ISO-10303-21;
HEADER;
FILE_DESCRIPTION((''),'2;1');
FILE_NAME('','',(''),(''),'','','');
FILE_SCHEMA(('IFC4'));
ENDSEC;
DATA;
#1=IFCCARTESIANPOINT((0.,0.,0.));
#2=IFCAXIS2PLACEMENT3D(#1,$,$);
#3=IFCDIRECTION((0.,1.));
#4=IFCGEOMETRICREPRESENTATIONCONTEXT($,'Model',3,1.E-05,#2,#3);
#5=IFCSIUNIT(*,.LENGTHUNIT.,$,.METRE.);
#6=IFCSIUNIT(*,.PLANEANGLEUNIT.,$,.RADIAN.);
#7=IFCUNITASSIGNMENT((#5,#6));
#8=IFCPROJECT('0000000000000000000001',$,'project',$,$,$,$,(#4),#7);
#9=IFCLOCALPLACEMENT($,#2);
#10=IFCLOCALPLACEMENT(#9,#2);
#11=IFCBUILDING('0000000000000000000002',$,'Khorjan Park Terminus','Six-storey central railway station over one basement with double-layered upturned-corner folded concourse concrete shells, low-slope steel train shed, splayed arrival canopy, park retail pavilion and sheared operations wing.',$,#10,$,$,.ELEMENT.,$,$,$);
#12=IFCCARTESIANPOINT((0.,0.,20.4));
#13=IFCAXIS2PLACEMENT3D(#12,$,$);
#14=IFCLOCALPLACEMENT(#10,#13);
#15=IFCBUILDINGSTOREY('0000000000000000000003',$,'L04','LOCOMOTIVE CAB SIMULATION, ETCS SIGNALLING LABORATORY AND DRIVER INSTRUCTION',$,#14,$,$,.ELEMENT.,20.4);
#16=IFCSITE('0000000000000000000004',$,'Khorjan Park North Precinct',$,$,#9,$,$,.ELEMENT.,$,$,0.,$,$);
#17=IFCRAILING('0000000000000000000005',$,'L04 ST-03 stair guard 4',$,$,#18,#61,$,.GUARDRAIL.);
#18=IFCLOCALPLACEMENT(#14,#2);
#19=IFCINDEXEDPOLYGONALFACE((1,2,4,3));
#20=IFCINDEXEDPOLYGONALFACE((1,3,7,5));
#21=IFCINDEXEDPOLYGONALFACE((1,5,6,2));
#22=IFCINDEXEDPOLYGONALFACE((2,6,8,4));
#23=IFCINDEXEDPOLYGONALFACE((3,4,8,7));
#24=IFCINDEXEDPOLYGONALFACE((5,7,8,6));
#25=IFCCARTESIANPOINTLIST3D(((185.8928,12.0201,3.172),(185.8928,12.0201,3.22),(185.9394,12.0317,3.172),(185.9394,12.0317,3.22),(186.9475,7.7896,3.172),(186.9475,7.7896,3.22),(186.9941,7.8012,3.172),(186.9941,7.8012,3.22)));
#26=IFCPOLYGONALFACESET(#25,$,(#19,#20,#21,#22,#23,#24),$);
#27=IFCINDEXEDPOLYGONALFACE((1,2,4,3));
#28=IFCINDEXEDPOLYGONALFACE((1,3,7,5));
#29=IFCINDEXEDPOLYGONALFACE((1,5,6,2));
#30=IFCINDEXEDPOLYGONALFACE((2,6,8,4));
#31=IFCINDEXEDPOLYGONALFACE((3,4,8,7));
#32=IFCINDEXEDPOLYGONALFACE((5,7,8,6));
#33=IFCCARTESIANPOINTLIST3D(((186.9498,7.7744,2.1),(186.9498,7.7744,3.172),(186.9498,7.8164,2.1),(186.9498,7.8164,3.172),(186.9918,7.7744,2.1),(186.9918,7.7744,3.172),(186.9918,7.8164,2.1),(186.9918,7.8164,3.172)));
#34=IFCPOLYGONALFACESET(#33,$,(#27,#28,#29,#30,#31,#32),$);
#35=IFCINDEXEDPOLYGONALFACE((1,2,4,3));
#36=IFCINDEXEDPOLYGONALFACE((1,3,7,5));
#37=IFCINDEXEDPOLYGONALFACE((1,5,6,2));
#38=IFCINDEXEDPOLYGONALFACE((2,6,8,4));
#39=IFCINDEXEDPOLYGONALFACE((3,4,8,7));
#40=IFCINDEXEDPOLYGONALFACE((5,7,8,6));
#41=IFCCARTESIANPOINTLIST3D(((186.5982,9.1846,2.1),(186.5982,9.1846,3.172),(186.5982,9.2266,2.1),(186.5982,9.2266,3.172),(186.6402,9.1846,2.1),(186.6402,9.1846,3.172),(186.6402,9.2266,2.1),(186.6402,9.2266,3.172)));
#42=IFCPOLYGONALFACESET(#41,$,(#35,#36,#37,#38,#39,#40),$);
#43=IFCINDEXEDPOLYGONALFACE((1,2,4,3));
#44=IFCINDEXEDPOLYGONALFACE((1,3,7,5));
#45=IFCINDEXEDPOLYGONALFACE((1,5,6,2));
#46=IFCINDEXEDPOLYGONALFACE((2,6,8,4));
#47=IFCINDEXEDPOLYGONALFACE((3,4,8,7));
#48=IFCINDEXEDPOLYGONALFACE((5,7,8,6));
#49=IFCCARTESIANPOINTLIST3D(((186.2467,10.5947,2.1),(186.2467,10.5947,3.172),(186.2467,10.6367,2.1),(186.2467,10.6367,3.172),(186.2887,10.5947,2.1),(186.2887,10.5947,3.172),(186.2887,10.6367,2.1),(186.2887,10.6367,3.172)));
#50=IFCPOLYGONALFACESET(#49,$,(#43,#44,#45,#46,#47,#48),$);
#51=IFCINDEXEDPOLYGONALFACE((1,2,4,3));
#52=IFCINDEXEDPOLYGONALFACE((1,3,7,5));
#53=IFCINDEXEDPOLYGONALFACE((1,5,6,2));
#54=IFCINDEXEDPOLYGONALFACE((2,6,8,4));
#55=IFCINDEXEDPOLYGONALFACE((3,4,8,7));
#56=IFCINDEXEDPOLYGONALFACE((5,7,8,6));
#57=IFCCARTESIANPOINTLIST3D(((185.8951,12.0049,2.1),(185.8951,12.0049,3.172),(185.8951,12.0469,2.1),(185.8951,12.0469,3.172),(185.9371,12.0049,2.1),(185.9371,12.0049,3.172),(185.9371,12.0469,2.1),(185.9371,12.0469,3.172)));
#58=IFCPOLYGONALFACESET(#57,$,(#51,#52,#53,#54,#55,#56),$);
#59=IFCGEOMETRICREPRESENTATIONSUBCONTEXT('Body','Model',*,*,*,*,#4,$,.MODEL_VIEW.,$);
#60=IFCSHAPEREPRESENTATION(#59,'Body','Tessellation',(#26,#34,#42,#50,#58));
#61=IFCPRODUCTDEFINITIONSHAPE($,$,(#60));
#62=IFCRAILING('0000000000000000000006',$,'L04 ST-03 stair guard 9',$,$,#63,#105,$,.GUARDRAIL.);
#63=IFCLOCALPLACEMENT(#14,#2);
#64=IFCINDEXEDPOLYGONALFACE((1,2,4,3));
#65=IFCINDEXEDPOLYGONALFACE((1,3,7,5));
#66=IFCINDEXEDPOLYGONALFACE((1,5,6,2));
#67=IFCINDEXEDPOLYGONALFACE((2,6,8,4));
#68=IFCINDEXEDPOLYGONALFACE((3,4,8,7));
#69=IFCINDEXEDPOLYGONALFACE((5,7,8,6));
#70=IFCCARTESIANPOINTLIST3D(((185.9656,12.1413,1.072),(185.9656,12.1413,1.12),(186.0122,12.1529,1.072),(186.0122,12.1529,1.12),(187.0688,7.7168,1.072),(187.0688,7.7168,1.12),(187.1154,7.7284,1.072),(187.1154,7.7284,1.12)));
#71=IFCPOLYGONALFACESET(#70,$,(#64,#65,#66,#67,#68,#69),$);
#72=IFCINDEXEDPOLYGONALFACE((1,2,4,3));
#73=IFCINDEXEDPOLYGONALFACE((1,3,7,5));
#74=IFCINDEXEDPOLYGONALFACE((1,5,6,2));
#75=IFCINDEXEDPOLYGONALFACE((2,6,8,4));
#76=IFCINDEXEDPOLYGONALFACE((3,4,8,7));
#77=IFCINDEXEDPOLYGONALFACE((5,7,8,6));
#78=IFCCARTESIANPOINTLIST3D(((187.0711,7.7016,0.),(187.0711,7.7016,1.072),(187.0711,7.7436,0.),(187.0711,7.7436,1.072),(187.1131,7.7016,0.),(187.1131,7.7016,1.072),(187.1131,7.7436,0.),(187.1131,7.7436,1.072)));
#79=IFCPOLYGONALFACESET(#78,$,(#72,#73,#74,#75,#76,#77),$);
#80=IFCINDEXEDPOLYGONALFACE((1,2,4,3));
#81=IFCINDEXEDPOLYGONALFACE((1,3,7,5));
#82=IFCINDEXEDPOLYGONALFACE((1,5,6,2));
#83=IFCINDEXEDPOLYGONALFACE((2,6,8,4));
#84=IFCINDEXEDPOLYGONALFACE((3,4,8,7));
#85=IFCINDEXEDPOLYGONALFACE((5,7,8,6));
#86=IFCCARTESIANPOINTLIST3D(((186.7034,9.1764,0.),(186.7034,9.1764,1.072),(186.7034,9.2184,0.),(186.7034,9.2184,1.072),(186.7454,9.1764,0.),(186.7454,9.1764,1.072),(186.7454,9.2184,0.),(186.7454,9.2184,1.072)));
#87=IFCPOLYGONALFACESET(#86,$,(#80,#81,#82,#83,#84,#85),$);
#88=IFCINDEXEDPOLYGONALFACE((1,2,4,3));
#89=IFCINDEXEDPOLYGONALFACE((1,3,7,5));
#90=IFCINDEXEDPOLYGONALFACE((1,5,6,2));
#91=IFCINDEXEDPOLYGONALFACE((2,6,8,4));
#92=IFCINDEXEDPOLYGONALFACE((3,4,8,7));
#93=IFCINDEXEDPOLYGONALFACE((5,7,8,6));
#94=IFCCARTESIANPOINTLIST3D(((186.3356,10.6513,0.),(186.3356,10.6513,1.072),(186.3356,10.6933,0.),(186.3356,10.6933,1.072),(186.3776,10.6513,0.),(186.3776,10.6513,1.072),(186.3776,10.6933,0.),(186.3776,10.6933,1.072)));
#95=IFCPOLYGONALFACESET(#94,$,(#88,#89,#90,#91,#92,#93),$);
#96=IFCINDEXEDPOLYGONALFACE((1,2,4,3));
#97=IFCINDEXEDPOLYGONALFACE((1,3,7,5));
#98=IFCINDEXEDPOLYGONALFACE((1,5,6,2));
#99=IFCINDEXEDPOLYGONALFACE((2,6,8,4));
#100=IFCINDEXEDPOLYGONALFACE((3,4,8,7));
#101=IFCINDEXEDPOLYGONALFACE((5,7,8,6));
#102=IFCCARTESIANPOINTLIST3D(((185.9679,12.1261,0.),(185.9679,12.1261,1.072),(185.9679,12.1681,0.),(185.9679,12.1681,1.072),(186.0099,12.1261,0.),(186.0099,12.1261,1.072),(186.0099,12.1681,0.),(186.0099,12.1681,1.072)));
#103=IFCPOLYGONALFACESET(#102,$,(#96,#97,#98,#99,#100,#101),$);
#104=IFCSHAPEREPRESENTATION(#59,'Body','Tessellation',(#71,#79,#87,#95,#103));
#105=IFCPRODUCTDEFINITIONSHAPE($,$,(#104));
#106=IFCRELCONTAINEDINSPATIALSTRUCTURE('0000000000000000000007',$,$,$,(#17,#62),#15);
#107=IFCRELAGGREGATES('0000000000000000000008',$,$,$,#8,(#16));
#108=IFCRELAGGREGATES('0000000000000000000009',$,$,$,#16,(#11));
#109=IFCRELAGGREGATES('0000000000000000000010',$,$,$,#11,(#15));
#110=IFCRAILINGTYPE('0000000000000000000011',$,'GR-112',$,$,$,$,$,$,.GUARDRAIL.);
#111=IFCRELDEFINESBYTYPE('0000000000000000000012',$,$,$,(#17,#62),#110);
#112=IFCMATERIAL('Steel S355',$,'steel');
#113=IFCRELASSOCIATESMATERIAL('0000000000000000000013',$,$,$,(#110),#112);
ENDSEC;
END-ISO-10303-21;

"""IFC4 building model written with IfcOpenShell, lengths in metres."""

from ifc_helpers import new_model, si_unit, direction, frame, origin, origin_2d, place, context, subcontext, project, spatial, rectangle, extrude, material, type_object, element, save


model = new_model("IFC4")

# Units and contexts
model_context = context("Model", 3, precision=1e-05, world=origin(), true_north=direction((0.0, 1.0)))
body_context = subcontext(model_context, "Body", "Model", "MODEL_VIEW")
ifc_project = project(units=[si_unit("LENGTHUNIT", "METRE"), si_unit("PLANEANGLEUNIT", "RADIAN")], contexts=[model_context])

# Site, building, storey
site_placement = place(None, origin())
site = spatial("IfcSite", under=ifc_project, at=site_placement, Name="Khorjan Park North Precinct", CompositionType="ELEMENT", RefElevation=0.0)
building_placement = place(site_placement, origin())
building = spatial("IfcBuilding", under=site, at=building_placement, Name="Khorjan Park Terminus", Description="Six-storey central railway station over one basement with double-layered upturned-corner folded concourse concrete shells, low-slope steel train shed, splayed arrival canopy, park retail pavilion and sheared operations wing.", CompositionType="ELEMENT")
storey_placement = place(building_placement, frame((0.0, 0.0, 20.4)))
storey = spatial("IfcBuildingStorey", under=building, at=storey_placement, Name="L04", Description="LOCOMOTIVE CAB SIMULATION, ETCS SIGNALLING LABORATORY AND DRIVER INSTRUCTION", CompositionType="ELEMENT", Elevation=20.4)

# Shared definitions
ifc_material_1 = material(Name="Steel S355", Category="steel")

# Railings
railing_type = type_object("IfcRailingType", Name="GR-112", PredefinedType="GUARDRAIL", material=ifc_material_1)
railing_1_placement = place(storey_placement, frame((186.9708, 7.7954, 2.1)))
element("IfcRailing", 1, at=railing_1_placement, inside=storey, type_object=railing_type, Name="L04 ST-03 stair guard 4", PredefinedType="GUARDRAIL", context=body_context, shape_type="SweptSolid", body=[
    extrude(rectangle(XDim=0.048, YDim=0.048, at=origin_2d()), frame((0.0, 0.0, 1.096), z_axis=(-0.241904, 0.9703, 0.0), x_axis=(-0.9703, -0.241904, 0.0)), (0.0, 0.0, 1.0), 4.36),
    extrude(rectangle(XDim=0.042, YDim=0.042, at=origin_2d()), origin(), (0.0, 0.0, 1.0), 1.072),
    extrude(rectangle(XDim=0.042, YDim=0.042, at=origin_2d()), frame((-0.3516, 1.4102, 0.0)), (0.0, 0.0, 1.0), 1.072),
    extrude(rectangle(XDim=0.042, YDim=0.042, at=origin_2d()), frame((-0.7031, 2.8203, 0.0)), (0.0, 0.0, 1.0), 1.072),
    extrude(rectangle(XDim=0.042, YDim=0.042, at=origin_2d()), frame((-1.0547, 4.2305, 0.0)), (0.0, 0.0, 1.0), 1.072),
])
railing_2_placement = place(storey_placement, frame((187.0921, 7.7226, 0.0)))
element("IfcRailing", 2, at=railing_2_placement, inside=storey, type_object=railing_type, Name="L04 ST-03 stair guard 9", PredefinedType="GUARDRAIL", context=body_context, shape_type="SweptSolid", body=[
    extrude(rectangle(XDim=0.048, YDim=0.048, at=origin_2d()), frame((0.0, 0.0, 1.096), z_axis=(-0.241932, 0.970293, 0.0), x_axis=(-0.970293, -0.241932, 0.0)), (0.0, 0.0, 1.0), 4.56),
    extrude(rectangle(XDim=0.042, YDim=0.042, at=origin_2d()), origin(), (0.0, 0.0, 1.0), 1.072),
    extrude(rectangle(XDim=0.042, YDim=0.042, at=origin_2d()), frame((-0.3677, 1.4748, 0.0)), (0.0, 0.0, 1.0), 1.072),
    extrude(rectangle(XDim=0.042, YDim=0.042, at=origin_2d()), frame((-0.7355, 2.9497, 0.0)), (0.0, 0.0, 1.0), 1.072),
    extrude(rectangle(XDim=0.042, YDim=0.042, at=origin_2d()), frame((-1.1032, 4.4245, 0.0)), (0.0, 0.0, 1.0), 1.072),
])

save(model, "model.ifc")
